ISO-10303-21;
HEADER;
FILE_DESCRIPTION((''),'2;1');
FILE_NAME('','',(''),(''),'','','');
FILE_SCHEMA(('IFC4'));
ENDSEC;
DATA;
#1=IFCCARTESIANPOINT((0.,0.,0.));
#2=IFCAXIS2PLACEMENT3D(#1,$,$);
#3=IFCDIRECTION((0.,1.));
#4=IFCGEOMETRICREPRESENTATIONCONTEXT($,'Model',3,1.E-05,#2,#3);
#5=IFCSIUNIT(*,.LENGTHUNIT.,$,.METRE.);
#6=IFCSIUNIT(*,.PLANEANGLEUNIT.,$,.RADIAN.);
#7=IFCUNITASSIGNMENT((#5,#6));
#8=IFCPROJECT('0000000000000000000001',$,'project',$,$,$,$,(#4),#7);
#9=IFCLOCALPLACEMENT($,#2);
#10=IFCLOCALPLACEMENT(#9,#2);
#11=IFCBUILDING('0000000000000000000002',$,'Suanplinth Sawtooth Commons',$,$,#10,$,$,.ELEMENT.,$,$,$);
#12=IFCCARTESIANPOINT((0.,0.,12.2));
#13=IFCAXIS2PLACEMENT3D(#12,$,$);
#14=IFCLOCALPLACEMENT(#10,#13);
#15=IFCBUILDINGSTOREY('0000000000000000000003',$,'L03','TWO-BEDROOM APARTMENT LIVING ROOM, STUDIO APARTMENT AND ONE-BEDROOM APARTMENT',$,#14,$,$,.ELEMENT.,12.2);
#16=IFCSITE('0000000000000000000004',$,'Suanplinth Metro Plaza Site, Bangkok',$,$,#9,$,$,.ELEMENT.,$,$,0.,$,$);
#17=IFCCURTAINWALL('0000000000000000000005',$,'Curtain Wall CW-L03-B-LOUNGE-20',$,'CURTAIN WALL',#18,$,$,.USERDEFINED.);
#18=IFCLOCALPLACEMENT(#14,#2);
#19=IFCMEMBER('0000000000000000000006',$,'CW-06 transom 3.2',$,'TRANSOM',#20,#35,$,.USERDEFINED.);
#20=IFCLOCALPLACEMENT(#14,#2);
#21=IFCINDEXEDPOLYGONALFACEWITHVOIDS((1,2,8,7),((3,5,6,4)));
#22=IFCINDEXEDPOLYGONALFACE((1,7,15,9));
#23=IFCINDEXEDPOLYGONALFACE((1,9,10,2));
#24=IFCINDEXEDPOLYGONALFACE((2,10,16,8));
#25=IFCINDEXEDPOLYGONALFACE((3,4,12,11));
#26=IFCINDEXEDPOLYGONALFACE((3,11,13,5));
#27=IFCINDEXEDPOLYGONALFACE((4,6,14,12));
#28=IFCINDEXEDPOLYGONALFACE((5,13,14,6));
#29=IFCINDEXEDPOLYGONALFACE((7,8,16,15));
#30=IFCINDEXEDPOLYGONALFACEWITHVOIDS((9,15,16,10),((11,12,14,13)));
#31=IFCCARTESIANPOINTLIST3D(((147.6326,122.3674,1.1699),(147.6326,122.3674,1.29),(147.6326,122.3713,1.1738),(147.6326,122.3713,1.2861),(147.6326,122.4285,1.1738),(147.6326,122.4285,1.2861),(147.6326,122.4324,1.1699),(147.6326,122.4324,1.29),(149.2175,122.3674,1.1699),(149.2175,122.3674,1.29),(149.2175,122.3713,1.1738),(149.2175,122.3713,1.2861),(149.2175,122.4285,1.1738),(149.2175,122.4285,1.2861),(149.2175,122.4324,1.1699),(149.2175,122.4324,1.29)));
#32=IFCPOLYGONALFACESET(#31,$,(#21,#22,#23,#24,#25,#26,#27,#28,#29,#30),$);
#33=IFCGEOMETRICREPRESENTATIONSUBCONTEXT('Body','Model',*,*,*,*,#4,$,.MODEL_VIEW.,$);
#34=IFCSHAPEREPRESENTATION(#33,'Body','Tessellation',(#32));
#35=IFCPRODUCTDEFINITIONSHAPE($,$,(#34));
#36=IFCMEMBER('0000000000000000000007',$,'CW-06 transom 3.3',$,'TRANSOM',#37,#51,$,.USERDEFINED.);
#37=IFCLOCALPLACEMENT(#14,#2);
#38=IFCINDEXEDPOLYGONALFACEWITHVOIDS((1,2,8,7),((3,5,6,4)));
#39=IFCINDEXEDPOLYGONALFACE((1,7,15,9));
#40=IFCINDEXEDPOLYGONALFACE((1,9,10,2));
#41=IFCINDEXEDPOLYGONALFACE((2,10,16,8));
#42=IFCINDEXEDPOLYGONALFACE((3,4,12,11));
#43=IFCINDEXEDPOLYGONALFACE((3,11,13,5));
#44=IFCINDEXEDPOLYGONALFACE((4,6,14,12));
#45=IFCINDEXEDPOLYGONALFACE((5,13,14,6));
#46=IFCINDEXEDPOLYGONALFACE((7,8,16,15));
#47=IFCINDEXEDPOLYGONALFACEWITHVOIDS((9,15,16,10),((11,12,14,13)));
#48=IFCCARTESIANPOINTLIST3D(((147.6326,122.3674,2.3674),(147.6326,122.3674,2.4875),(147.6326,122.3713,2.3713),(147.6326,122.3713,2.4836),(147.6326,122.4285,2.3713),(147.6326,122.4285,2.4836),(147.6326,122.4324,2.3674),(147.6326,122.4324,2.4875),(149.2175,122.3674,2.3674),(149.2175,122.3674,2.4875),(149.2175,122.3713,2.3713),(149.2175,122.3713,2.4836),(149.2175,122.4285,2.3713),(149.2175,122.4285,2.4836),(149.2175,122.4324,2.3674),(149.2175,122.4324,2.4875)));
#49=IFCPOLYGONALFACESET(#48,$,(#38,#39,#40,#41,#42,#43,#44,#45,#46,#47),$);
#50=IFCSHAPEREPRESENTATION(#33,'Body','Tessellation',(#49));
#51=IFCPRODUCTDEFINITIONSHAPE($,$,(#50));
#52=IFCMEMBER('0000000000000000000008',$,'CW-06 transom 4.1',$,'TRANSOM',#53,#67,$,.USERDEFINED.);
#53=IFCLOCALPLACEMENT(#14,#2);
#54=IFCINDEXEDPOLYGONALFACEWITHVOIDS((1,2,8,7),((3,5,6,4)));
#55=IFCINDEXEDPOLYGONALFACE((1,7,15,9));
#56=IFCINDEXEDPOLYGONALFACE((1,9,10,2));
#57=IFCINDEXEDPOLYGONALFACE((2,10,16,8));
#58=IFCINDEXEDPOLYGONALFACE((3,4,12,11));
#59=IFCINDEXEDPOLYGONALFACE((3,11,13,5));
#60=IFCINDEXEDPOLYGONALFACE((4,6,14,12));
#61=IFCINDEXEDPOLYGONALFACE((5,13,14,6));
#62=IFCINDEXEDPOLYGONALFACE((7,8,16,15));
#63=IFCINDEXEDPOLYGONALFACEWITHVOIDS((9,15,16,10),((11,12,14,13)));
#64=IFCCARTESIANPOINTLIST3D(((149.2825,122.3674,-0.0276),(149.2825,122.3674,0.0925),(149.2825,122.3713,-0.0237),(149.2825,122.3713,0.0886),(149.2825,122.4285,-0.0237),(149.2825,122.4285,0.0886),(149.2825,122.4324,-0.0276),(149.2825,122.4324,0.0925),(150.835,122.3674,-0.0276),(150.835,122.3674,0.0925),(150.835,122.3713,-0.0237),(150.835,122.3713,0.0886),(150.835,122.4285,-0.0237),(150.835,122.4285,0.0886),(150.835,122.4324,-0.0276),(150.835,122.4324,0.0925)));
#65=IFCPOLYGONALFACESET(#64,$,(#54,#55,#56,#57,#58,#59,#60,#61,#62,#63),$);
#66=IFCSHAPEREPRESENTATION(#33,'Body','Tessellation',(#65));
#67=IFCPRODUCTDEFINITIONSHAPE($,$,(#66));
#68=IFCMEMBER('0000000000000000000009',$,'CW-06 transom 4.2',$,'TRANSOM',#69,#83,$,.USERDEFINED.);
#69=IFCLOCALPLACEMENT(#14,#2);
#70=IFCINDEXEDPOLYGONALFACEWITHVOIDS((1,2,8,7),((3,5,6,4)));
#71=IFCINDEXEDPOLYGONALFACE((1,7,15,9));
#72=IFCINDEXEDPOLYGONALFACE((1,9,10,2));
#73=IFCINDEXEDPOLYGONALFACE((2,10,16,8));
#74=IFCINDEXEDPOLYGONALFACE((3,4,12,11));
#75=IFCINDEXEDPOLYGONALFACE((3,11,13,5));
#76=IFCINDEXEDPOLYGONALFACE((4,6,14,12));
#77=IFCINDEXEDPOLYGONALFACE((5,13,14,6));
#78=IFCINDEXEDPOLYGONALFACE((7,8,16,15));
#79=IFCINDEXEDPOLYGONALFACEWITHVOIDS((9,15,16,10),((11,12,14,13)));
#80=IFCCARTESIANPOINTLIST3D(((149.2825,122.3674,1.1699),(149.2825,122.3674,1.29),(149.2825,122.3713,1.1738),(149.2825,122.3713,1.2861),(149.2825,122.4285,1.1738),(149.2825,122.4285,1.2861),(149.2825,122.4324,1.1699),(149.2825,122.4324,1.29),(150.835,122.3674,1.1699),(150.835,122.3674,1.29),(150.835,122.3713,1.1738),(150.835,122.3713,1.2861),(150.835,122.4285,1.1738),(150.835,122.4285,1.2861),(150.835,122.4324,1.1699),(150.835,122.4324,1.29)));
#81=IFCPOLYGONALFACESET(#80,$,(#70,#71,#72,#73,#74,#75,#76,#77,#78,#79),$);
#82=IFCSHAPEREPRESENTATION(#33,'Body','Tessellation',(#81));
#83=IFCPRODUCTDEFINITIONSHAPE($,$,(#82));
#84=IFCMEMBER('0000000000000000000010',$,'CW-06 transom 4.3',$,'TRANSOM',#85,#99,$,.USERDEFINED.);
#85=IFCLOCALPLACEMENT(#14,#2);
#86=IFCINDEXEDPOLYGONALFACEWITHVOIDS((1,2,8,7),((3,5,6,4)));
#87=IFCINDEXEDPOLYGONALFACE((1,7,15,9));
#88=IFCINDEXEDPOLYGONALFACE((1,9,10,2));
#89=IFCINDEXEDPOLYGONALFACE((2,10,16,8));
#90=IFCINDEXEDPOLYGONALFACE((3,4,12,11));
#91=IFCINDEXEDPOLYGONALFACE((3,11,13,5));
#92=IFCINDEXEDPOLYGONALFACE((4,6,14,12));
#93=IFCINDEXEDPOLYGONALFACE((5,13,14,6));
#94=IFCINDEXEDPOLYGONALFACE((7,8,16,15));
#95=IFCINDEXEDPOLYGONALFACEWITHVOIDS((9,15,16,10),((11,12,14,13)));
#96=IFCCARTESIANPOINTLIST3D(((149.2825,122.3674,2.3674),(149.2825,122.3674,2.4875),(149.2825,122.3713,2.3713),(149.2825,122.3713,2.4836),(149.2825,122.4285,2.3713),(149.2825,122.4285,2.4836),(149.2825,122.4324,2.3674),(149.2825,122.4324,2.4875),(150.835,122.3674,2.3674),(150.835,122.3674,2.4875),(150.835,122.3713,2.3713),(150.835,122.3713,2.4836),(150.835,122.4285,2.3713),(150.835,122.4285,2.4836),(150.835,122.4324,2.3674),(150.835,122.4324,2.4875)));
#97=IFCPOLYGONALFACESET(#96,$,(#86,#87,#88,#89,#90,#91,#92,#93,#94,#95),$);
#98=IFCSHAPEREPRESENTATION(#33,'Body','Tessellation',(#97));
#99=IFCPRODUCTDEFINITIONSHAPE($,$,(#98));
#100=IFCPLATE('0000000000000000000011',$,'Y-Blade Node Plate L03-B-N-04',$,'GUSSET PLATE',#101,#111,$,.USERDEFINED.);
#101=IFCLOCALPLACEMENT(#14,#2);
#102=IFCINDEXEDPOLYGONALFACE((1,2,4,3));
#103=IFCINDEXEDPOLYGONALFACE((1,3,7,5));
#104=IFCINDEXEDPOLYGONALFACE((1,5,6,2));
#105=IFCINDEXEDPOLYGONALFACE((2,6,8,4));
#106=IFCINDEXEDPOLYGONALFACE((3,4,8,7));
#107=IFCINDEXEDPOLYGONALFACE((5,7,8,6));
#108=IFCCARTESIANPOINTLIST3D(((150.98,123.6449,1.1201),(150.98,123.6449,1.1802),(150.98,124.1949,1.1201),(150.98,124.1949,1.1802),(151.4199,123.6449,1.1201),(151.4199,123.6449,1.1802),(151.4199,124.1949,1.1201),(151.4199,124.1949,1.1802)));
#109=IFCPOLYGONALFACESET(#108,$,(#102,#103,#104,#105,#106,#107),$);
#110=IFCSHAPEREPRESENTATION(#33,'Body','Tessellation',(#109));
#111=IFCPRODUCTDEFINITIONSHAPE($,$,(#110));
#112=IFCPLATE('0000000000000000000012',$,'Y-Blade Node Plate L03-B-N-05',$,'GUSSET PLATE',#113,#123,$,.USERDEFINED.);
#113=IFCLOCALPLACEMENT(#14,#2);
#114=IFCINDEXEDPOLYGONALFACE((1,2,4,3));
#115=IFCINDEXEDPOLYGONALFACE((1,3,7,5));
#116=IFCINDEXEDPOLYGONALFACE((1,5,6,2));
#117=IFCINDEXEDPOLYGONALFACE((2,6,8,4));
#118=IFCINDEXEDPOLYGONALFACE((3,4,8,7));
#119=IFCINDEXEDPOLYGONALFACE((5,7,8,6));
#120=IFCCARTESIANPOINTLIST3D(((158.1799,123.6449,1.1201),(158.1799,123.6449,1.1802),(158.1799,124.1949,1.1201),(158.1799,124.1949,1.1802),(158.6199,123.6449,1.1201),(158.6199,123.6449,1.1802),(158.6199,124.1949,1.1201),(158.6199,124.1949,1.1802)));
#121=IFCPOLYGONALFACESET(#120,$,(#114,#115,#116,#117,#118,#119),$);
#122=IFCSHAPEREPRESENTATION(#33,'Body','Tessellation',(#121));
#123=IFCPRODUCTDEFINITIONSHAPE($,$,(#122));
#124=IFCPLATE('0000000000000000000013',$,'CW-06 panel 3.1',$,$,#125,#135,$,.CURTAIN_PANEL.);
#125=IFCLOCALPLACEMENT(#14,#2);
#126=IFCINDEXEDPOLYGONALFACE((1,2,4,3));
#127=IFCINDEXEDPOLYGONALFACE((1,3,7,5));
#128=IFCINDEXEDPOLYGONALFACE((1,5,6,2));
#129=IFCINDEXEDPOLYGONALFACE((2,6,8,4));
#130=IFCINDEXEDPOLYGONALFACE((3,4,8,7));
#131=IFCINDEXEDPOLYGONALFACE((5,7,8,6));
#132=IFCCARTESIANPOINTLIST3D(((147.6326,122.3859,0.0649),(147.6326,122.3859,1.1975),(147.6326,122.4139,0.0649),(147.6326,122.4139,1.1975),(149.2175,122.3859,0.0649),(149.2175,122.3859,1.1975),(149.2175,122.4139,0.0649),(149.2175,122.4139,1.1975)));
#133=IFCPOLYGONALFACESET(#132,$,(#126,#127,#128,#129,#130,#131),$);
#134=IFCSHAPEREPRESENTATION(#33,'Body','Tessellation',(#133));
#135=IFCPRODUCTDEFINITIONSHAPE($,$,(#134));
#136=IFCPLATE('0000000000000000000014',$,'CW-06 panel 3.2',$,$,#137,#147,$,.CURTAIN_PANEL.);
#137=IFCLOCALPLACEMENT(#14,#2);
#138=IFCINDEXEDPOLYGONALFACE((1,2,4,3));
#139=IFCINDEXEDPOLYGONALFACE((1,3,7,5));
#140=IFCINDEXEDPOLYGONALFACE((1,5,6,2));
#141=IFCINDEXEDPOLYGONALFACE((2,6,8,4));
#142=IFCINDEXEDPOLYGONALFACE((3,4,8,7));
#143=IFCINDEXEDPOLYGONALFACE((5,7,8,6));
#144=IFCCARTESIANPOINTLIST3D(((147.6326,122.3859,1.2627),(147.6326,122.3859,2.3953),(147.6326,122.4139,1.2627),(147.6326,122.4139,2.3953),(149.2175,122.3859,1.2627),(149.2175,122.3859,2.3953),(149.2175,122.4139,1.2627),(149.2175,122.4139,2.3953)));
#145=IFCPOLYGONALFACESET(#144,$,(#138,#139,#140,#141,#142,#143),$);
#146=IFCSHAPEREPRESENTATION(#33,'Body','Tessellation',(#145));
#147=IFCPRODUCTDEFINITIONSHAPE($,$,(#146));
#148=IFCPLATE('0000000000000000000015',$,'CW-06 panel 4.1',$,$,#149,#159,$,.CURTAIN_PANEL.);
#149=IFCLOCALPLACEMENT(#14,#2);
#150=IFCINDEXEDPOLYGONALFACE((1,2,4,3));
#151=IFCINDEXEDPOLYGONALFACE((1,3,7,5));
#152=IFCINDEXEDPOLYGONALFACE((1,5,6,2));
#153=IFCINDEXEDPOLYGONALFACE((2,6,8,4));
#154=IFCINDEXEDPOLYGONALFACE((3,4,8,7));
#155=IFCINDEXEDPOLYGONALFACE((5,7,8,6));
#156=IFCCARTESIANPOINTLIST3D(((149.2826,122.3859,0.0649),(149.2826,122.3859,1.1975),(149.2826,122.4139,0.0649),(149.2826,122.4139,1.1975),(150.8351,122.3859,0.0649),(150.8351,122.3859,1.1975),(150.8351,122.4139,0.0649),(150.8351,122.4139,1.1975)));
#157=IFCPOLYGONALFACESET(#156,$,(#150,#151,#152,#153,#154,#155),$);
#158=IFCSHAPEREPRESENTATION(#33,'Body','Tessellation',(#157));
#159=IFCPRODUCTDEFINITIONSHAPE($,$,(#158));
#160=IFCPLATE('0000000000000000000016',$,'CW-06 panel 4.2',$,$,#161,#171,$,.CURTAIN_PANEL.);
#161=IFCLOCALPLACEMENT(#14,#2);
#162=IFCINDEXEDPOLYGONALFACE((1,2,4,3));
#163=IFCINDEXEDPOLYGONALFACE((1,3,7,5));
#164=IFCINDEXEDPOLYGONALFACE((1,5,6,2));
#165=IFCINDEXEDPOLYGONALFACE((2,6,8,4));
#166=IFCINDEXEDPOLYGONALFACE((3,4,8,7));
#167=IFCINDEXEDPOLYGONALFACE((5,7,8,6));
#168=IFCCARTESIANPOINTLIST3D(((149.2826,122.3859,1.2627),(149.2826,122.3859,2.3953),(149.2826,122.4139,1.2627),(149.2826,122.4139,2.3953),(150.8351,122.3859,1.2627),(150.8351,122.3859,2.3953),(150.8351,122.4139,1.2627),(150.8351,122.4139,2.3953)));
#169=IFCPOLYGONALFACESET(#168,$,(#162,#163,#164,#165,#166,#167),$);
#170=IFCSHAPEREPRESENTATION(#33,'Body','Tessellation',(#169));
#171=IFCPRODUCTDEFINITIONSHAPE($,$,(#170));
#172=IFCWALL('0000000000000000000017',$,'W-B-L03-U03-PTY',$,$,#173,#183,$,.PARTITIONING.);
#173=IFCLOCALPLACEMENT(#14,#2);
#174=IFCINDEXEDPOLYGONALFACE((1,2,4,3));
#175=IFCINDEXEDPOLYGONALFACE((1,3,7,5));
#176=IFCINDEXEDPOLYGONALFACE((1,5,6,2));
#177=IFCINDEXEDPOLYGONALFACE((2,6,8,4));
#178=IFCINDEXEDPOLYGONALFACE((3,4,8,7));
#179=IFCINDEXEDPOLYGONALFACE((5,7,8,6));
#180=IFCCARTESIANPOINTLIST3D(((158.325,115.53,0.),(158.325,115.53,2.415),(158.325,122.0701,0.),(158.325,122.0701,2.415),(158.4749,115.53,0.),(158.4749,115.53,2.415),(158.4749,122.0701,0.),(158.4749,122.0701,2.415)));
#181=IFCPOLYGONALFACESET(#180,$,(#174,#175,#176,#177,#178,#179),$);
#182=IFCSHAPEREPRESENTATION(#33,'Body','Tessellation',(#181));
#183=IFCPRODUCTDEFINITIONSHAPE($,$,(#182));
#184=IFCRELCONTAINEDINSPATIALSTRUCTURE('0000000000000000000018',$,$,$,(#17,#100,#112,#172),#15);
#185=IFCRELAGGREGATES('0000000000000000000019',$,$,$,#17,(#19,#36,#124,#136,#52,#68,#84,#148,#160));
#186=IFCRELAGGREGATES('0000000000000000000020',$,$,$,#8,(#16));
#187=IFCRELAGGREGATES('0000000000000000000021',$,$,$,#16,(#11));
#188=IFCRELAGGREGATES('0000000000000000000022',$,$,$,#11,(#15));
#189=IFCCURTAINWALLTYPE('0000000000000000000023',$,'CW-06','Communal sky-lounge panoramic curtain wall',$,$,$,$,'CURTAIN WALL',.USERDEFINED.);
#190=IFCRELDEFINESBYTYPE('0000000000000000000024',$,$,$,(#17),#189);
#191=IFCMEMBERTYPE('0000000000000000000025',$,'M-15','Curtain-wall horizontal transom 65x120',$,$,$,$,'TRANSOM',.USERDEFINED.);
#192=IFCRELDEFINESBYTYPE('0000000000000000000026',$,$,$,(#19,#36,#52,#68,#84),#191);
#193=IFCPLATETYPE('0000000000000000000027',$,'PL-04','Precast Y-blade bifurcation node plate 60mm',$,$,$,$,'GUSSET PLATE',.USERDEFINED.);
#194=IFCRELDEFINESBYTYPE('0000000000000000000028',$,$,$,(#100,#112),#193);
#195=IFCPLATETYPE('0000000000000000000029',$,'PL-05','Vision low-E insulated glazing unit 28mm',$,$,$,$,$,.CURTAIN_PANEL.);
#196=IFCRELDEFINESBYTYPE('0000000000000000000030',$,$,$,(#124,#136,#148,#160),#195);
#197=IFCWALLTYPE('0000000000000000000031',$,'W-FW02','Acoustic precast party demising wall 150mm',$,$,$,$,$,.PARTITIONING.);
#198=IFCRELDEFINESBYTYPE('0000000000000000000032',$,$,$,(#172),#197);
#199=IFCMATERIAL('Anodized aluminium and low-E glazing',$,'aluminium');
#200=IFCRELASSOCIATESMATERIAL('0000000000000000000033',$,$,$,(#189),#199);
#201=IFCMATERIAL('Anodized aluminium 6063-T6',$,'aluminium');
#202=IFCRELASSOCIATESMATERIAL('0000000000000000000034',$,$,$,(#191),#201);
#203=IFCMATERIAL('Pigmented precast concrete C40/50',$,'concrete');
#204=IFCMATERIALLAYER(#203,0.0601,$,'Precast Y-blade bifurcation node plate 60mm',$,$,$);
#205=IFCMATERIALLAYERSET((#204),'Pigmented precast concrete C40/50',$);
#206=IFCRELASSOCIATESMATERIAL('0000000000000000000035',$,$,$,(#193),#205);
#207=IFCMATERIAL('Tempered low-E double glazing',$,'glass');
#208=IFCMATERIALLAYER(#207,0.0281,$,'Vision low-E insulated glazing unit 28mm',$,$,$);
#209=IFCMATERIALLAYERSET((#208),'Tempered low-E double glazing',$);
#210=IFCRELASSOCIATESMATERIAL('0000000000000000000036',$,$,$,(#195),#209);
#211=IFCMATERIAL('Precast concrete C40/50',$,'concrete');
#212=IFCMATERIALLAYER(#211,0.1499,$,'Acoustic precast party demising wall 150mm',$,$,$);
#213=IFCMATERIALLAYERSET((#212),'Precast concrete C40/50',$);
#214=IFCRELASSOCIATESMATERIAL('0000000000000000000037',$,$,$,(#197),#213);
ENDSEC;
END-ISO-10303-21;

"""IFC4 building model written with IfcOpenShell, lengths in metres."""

from ifc_helpers import new_model, si_unit, direction, frame, frame_2d, origin, origin_2d, place, context, subcontext, project, spatial, rectangle, hollow_rectangle, extrude, material, layer, layer_set, material_profile, profile_set, type_object, element, aggregate, save


model = new_model("IFC4")

# Units and contexts
model_context = context("Model", 3, precision=1e-05, world=origin(), true_north=direction((0.0, 1.0)))
body_context = subcontext(model_context, "Body", "Model", "MODEL_VIEW")
ifc_project = project(units=[si_unit("LENGTHUNIT", "METRE"), si_unit("PLANEANGLEUNIT", "RADIAN")], contexts=[model_context])

# Site, building, storey
site_placement = place(None, origin())
site = spatial("IfcSite", under=ifc_project, at=site_placement, Name="Suanplinth Metro Plaza Site, Bangkok", CompositionType="ELEMENT", RefElevation=0.0)
building_placement = place(site_placement, origin())
building = spatial("IfcBuilding", under=site, at=building_placement, Name="Suanplinth Sawtooth Commons", CompositionType="ELEMENT")
storey_placement = place(building_placement, frame((0.0, 0.0, 12.2)))
storey = spatial("IfcBuildingStorey", under=building, at=storey_placement, Name="L03", Description="TWO-BEDROOM APARTMENT LIVING ROOM, STUDIO APARTMENT AND ONE-BEDROOM APARTMENT", CompositionType="ELEMENT", Elevation=12.2)

# Shared definitions
ifc_material_1 = material(Name="Precast concrete C40/50", Category="concrete")

# Shared definitions
ifc_material_2 = material(Name="Pigmented precast concrete C40/50", Category="concrete")

# Curtain wall, members
ifc_material_3 = material(Name="Anodized aluminium and low-E glazing", Category="aluminium")
curtain_wall_type = type_object("IfcCurtainWallType", Name="CW-06", Description="Communal sky-lounge panoramic curtain wall", ElementType="CURTAIN WALL", PredefinedType="USERDEFINED", material=ifc_material_3)
curtain_wall_placement = place(storey_placement, origin())
curtain_wall = element("IfcCurtainWall", 1, at=curtain_wall_placement, inside=storey, type_object=curtain_wall_type, Name="Curtain Wall CW-L03-B-LOUNGE-20", ObjectType="CURTAIN WALL", PredefinedType="USERDEFINED")
ifc_material_4 = material(Name="Anodized aluminium 6063-T6", Category="aluminium")
ifc_material_profile_1 = material_profile(ifc_material_4, hollow_rectangle(XDim=0.0649, YDim=0.1201, WallThickness=0.0039, at=origin_2d()), Name="ALU-TRN 65x120")
ifc_profile_set_1 = profile_set([ifc_material_profile_1], Name="Anodized aluminium 6063-T6")
member_type_1 = type_object("IfcMemberType", Name="M-15", Description="Curtain-wall horizontal transom 65x120", ElementType="TRANSOM", PredefinedType="USERDEFINED", material=ifc_profile_set_1)
member_1_placement = place(storey_placement, frame((147.6326, 122.3999, 1.23), z_axis=(1.0, 0.0, 0.0), x_axis=(0.0, 1.0, 0.0)))
member_1 = element("IfcMember", 2, at=member_1_placement, type_object=member_type_1, Name="CW-06 transom 3.2", ObjectType="TRANSOM", PredefinedType="USERDEFINED", context=body_context, shape_type="SweptSolid", body=[
    extrude(hollow_rectangle(XDim=0.0649, YDim=0.1201, WallThickness=0.0039, at=origin_2d()), origin(), (0.0, 0.0, 1.0), 1.585),
])
member_2_placement = place(storey_placement, frame((147.6326, 122.3999, 2.4275), z_axis=(1.0, 0.0, 0.0), x_axis=(0.0, 1.0, 0.0)))
member_2 = element("IfcMember", 3, at=member_2_placement, type_object=member_type_1, Name="CW-06 transom 3.3", ObjectType="TRANSOM", PredefinedType="USERDEFINED", context=body_context, shape_type="SweptSolid", body=[
    extrude(hollow_rectangle(XDim=0.0649, YDim=0.1201, WallThickness=0.0039, at=origin_2d()), origin(), (0.0, 0.0, 1.0), 1.585),
])
member_3_placement = place(storey_placement, frame((149.2825, 122.3999, 0.0325), z_axis=(1.0, 0.0, 0.0), x_axis=(0.0, 1.0, 0.0)))
member_3 = element("IfcMember", 4, at=member_3_placement, type_object=member_type_1, Name="CW-06 transom 4.1", ObjectType="TRANSOM", PredefinedType="USERDEFINED", context=body_context, shape_type="SweptSolid", body=[
    extrude(hollow_rectangle(XDim=0.0649, YDim=0.1201, WallThickness=0.0039, at=origin_2d()), origin(), (0.0, 0.0, 1.0), 1.5525),
])
member_4_placement = place(storey_placement, frame((149.2825, 122.3999, 1.23), z_axis=(1.0, 0.0, 0.0), x_axis=(0.0, 1.0, 0.0)))
member_4 = element("IfcMember", 5, at=member_4_placement, type_object=member_type_1, Name="CW-06 transom 4.2", ObjectType="TRANSOM", PredefinedType="USERDEFINED", context=body_context, shape_type="SweptSolid", body=[
    extrude(hollow_rectangle(XDim=0.0649, YDim=0.1201, WallThickness=0.0039, at=origin_2d()), origin(), (0.0, 0.0, 1.0), 1.5525),
])
member_5_placement = place(storey_placement, frame((149.2825, 122.3999, 2.4275), z_axis=(1.0, 0.0, 0.0), x_axis=(0.0, 1.0, 0.0)))
member_5 = element("IfcMember", 6, at=member_5_placement, type_object=member_type_1, Name="CW-06 transom 4.3", ObjectType="TRANSOM", PredefinedType="USERDEFINED", context=body_context, shape_type="SweptSolid", body=[
    extrude(hollow_rectangle(XDim=0.0649, YDim=0.1201, WallThickness=0.0039, at=origin_2d()), origin(), (0.0, 0.0, 1.0), 1.5525),
])

# Plates
ifc_layer_1 = layer(ifc_material_2, 0.0601, Name="Precast Y-blade bifurcation node plate 60mm")
ifc_layer_set_1 = layer_set([ifc_layer_1], Name="Pigmented precast concrete C40/50")
plate_type_1 = type_object("IfcPlateType", Name="PL-04", Description="Precast Y-blade bifurcation node plate 60mm", ElementType="GUSSET PLATE", PredefinedType="USERDEFINED", material=ifc_layer_set_1)
for number, where, z_axis, x_axis, name in (
    (7, (151.2, 123.9199, 1.1201), (0.0, 0.0, 1.0), (1.0, 0.0, 0.0), "Y-Blade Node Plate L03-B-N-04"),
    (8, (158.3999, 123.9199, 1.1201), (0.0, 0.0, 1.0), (1.0, 0.0, 0.0), "Y-Blade Node Plate L03-B-N-05"),
):
    element("IfcPlate", number, at=place(storey_placement, frame(where, z_axis=z_axis, x_axis=x_axis)), inside=storey, type_object=plate_type_1, Name=name, ObjectType="GUSSET PLATE", PredefinedType="USERDEFINED", context=body_context, shape_type="SweptSolid", body=[
        extrude(rectangle(XDim=0.4399, YDim=0.55, at=origin_2d()), origin(), (0.0, 0.0, 1.0), 0.0601),
    ])

# Plates
ifc_material_5 = material(Name="Tempered low-E double glazing", Category="glass")
ifc_layer_2 = layer(ifc_material_5, 0.0281, Name="Vision low-E insulated glazing unit 28mm")
ifc_layer_set_2 = layer_set([ifc_layer_2], Name="Tempered low-E double glazing")
plate_type_2 = type_object("IfcPlateType", Name="PL-05", Description="Vision low-E insulated glazing unit 28mm", PredefinedType="CURTAIN_PANEL", material=ifc_layer_set_2)
plate_1_placement = place(storey_placement, frame((148.425, 122.3999, 0.0649), z_axis=(0.0, 0.0, 1.0), x_axis=(1.0, 0.0, 0.0)))
plate_1 = element("IfcPlate", 9, at=plate_1_placement, type_object=plate_type_2, Name="CW-06 panel 3.1", PredefinedType="CURTAIN_PANEL", context=body_context, shape_type="SweptSolid", body=[
    extrude(rectangle(XDim=1.585, YDim=0.0281, at=origin_2d()), origin(), (0.0, 0.0, 1.0), 1.1326),
])
plate_2_placement = place(storey_placement, frame((148.425, 122.3999, 1.2627), z_axis=(0.0, 0.0, 1.0), x_axis=(1.0, 0.0, 0.0)))
plate_2 = element("IfcPlate", 10, at=plate_2_placement, type_object=plate_type_2, Name="CW-06 panel 3.2", PredefinedType="CURTAIN_PANEL", context=body_context, shape_type="SweptSolid", body=[
    extrude(rectangle(XDim=1.585, YDim=0.0281, at=origin_2d()), origin(), (0.0, 0.0, 1.0), 1.1326),
])
plate_3_placement = place(storey_placement, frame((150.0588, 122.3999, 0.0649), z_axis=(0.0, 0.0, 1.0), x_axis=(1.0, 0.0, 0.0)))
plate_3 = element("IfcPlate", 11, at=plate_3_placement, type_object=plate_type_2, Name="CW-06 panel 4.1", PredefinedType="CURTAIN_PANEL", context=body_context, shape_type="SweptSolid", body=[
    extrude(rectangle(XDim=1.5525, YDim=0.0281, at=origin_2d()), origin(), (0.0, 0.0, 1.0), 1.1326),
])
plate_4_placement = place(storey_placement, frame((150.0588, 122.3999, 1.2627), z_axis=(0.0, 0.0, 1.0), x_axis=(1.0, 0.0, 0.0)))
plate_4 = element("IfcPlate", 12, at=plate_4_placement, type_object=plate_type_2, Name="CW-06 panel 4.2", PredefinedType="CURTAIN_PANEL", context=body_context, shape_type="SweptSolid", body=[
    extrude(rectangle(XDim=1.5525, YDim=0.0281, at=origin_2d()), origin(), (0.0, 0.0, 1.0), 1.1326),
])
aggregate(curtain_wall, [member_1, member_2, plate_1, plate_2, member_3, member_4, member_5, plate_3, plate_4])

# Wall
ifc_layer_3 = layer(ifc_material_1, 0.1499, Name="Acoustic precast party demising wall 150mm")
ifc_layer_set_3 = layer_set([ifc_layer_3], Name="Precast concrete C40/50")
wall_type_1 = type_object("IfcWallType", Name="W-FW02", Description="Acoustic precast party demising wall 150mm", PredefinedType="PARTITIONING", material=ifc_layer_set_3)
wall_1_placement = place(storey_placement, frame((158.3999, 115.53, 0.0), z_axis=(0.0, 0.0, 1.0), x_axis=(0.0, 1.0, 0.0)))
element("IfcWall", 13, at=wall_1_placement, inside=storey, type_object=wall_type_1, Name="W-B-L03-U03-PTY", PredefinedType="PARTITIONING", context=body_context, shape_type="SweptSolid", body=[
    extrude(rectangle(XDim=6.54, YDim=0.1499, at=frame_2d((3.27, 0.0))), origin(), (0.0, 0.0, 1.0), 2.415),
])

save(model, "model.ifc")
